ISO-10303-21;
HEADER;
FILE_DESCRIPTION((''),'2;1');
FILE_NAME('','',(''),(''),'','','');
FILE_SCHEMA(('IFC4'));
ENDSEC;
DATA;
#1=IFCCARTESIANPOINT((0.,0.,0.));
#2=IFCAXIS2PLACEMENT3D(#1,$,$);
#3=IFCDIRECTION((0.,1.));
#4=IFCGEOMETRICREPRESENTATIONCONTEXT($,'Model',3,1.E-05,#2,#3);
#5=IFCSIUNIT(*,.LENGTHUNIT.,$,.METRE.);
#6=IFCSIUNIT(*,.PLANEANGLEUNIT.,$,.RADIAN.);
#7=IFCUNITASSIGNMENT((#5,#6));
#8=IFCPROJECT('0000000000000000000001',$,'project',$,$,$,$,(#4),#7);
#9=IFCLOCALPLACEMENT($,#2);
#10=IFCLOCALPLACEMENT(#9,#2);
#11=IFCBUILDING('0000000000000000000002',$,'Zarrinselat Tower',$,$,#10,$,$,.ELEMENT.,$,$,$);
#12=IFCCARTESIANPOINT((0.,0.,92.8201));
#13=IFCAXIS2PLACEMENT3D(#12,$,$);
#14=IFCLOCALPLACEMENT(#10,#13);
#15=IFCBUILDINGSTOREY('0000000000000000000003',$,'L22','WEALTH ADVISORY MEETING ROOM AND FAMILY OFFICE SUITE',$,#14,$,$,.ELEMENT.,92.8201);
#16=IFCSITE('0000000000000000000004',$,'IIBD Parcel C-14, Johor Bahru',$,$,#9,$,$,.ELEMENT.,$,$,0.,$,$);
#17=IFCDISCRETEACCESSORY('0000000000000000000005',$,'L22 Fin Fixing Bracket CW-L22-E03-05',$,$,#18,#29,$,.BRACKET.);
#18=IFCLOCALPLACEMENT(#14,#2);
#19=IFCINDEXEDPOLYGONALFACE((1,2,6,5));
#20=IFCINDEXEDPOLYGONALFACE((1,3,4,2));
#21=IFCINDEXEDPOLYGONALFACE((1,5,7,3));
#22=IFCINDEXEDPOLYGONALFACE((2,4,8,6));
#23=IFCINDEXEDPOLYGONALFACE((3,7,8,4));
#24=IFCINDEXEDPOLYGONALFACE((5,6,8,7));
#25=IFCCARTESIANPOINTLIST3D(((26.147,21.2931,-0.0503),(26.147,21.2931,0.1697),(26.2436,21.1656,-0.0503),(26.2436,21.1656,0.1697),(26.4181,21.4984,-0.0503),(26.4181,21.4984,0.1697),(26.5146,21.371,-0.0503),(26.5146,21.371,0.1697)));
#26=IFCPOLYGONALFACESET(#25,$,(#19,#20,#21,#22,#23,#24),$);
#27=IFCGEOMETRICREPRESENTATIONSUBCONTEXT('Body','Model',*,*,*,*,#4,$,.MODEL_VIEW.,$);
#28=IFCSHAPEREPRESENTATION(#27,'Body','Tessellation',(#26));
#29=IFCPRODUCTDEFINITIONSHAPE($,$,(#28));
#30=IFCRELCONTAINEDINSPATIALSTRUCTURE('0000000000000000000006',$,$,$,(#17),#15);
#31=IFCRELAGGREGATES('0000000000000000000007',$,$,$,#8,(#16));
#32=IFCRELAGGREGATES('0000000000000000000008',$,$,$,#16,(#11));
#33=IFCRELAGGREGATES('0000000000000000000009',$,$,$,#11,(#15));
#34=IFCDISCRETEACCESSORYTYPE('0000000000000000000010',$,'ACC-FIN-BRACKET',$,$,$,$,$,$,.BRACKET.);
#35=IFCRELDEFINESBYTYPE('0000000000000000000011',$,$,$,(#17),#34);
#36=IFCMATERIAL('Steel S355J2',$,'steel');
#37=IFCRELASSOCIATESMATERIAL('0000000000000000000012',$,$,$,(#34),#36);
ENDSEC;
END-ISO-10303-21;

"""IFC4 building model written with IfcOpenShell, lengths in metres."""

from ifc_helpers import new_model, si_unit, direction, frame, origin, origin_2d, place, context, subcontext, project, spatial, rectangle, extrude, material, type_object, element, save


model = new_model("IFC4")

# Units and contexts
model_context = context("Model", 3, precision=1e-05, world=origin(), true_north=direction((0.0, 1.0)))
body_context = subcontext(model_context, "Body", "Model", "MODEL_VIEW")
ifc_project = project(units=[si_unit("LENGTHUNIT", "METRE"), si_unit("PLANEANGLEUNIT", "RADIAN")], contexts=[model_context])

# Site, building, storey
site_placement = place(None, origin())
site = spatial("IfcSite", under=ifc_project, at=site_placement, Name="IIBD Parcel C-14, Johor Bahru", CompositionType="ELEMENT", RefElevation=0.0)
building_placement = place(site_placement, origin())
building = spatial("IfcBuilding", under=site, at=building_placement, Name="Zarrinselat Tower", CompositionType="ELEMENT")
storey_placement = place(building_placement, frame((0.0, 0.0, 92.8201)))
storey = spatial("IfcBuildingStorey", under=building, at=storey_placement, Name="L22", Description="WEALTH ADVISORY MEETING ROOM AND FAMILY OFFICE SUITE", CompositionType="ELEMENT", Elevation=92.8201)

# Discrete accessory
ifc_material_1 = material(Name="Steel S355J2", Category="steel")
discrete_accessory_type = type_object("IfcDiscreteAccessoryType", Name="ACC-FIN-BRACKET", PredefinedType="BRACKET", material=ifc_material_1)
discrete_accessory_placement = place(storey_placement, frame((26.3308, 21.332, -0.0503), z_axis=(0.0, 0.0, 1.0), x_axis=(-0.797093, -0.603856, 0.0)))
element("IfcDiscreteAccessory", 1, at=discrete_accessory_placement, inside=storey, type_object=discrete_accessory_type, Name="L22 Fin Fixing Bracket CW-L22-E03-05", PredefinedType="BRACKET", context=body_context, shape_type="SweptSolid", body=[
    extrude(rectangle(XDim=0.3401, YDim=0.1599, at=origin_2d()), origin(), (0.0, 0.0, 1.0), 0.22),
])

save(model, "model.ifc")
